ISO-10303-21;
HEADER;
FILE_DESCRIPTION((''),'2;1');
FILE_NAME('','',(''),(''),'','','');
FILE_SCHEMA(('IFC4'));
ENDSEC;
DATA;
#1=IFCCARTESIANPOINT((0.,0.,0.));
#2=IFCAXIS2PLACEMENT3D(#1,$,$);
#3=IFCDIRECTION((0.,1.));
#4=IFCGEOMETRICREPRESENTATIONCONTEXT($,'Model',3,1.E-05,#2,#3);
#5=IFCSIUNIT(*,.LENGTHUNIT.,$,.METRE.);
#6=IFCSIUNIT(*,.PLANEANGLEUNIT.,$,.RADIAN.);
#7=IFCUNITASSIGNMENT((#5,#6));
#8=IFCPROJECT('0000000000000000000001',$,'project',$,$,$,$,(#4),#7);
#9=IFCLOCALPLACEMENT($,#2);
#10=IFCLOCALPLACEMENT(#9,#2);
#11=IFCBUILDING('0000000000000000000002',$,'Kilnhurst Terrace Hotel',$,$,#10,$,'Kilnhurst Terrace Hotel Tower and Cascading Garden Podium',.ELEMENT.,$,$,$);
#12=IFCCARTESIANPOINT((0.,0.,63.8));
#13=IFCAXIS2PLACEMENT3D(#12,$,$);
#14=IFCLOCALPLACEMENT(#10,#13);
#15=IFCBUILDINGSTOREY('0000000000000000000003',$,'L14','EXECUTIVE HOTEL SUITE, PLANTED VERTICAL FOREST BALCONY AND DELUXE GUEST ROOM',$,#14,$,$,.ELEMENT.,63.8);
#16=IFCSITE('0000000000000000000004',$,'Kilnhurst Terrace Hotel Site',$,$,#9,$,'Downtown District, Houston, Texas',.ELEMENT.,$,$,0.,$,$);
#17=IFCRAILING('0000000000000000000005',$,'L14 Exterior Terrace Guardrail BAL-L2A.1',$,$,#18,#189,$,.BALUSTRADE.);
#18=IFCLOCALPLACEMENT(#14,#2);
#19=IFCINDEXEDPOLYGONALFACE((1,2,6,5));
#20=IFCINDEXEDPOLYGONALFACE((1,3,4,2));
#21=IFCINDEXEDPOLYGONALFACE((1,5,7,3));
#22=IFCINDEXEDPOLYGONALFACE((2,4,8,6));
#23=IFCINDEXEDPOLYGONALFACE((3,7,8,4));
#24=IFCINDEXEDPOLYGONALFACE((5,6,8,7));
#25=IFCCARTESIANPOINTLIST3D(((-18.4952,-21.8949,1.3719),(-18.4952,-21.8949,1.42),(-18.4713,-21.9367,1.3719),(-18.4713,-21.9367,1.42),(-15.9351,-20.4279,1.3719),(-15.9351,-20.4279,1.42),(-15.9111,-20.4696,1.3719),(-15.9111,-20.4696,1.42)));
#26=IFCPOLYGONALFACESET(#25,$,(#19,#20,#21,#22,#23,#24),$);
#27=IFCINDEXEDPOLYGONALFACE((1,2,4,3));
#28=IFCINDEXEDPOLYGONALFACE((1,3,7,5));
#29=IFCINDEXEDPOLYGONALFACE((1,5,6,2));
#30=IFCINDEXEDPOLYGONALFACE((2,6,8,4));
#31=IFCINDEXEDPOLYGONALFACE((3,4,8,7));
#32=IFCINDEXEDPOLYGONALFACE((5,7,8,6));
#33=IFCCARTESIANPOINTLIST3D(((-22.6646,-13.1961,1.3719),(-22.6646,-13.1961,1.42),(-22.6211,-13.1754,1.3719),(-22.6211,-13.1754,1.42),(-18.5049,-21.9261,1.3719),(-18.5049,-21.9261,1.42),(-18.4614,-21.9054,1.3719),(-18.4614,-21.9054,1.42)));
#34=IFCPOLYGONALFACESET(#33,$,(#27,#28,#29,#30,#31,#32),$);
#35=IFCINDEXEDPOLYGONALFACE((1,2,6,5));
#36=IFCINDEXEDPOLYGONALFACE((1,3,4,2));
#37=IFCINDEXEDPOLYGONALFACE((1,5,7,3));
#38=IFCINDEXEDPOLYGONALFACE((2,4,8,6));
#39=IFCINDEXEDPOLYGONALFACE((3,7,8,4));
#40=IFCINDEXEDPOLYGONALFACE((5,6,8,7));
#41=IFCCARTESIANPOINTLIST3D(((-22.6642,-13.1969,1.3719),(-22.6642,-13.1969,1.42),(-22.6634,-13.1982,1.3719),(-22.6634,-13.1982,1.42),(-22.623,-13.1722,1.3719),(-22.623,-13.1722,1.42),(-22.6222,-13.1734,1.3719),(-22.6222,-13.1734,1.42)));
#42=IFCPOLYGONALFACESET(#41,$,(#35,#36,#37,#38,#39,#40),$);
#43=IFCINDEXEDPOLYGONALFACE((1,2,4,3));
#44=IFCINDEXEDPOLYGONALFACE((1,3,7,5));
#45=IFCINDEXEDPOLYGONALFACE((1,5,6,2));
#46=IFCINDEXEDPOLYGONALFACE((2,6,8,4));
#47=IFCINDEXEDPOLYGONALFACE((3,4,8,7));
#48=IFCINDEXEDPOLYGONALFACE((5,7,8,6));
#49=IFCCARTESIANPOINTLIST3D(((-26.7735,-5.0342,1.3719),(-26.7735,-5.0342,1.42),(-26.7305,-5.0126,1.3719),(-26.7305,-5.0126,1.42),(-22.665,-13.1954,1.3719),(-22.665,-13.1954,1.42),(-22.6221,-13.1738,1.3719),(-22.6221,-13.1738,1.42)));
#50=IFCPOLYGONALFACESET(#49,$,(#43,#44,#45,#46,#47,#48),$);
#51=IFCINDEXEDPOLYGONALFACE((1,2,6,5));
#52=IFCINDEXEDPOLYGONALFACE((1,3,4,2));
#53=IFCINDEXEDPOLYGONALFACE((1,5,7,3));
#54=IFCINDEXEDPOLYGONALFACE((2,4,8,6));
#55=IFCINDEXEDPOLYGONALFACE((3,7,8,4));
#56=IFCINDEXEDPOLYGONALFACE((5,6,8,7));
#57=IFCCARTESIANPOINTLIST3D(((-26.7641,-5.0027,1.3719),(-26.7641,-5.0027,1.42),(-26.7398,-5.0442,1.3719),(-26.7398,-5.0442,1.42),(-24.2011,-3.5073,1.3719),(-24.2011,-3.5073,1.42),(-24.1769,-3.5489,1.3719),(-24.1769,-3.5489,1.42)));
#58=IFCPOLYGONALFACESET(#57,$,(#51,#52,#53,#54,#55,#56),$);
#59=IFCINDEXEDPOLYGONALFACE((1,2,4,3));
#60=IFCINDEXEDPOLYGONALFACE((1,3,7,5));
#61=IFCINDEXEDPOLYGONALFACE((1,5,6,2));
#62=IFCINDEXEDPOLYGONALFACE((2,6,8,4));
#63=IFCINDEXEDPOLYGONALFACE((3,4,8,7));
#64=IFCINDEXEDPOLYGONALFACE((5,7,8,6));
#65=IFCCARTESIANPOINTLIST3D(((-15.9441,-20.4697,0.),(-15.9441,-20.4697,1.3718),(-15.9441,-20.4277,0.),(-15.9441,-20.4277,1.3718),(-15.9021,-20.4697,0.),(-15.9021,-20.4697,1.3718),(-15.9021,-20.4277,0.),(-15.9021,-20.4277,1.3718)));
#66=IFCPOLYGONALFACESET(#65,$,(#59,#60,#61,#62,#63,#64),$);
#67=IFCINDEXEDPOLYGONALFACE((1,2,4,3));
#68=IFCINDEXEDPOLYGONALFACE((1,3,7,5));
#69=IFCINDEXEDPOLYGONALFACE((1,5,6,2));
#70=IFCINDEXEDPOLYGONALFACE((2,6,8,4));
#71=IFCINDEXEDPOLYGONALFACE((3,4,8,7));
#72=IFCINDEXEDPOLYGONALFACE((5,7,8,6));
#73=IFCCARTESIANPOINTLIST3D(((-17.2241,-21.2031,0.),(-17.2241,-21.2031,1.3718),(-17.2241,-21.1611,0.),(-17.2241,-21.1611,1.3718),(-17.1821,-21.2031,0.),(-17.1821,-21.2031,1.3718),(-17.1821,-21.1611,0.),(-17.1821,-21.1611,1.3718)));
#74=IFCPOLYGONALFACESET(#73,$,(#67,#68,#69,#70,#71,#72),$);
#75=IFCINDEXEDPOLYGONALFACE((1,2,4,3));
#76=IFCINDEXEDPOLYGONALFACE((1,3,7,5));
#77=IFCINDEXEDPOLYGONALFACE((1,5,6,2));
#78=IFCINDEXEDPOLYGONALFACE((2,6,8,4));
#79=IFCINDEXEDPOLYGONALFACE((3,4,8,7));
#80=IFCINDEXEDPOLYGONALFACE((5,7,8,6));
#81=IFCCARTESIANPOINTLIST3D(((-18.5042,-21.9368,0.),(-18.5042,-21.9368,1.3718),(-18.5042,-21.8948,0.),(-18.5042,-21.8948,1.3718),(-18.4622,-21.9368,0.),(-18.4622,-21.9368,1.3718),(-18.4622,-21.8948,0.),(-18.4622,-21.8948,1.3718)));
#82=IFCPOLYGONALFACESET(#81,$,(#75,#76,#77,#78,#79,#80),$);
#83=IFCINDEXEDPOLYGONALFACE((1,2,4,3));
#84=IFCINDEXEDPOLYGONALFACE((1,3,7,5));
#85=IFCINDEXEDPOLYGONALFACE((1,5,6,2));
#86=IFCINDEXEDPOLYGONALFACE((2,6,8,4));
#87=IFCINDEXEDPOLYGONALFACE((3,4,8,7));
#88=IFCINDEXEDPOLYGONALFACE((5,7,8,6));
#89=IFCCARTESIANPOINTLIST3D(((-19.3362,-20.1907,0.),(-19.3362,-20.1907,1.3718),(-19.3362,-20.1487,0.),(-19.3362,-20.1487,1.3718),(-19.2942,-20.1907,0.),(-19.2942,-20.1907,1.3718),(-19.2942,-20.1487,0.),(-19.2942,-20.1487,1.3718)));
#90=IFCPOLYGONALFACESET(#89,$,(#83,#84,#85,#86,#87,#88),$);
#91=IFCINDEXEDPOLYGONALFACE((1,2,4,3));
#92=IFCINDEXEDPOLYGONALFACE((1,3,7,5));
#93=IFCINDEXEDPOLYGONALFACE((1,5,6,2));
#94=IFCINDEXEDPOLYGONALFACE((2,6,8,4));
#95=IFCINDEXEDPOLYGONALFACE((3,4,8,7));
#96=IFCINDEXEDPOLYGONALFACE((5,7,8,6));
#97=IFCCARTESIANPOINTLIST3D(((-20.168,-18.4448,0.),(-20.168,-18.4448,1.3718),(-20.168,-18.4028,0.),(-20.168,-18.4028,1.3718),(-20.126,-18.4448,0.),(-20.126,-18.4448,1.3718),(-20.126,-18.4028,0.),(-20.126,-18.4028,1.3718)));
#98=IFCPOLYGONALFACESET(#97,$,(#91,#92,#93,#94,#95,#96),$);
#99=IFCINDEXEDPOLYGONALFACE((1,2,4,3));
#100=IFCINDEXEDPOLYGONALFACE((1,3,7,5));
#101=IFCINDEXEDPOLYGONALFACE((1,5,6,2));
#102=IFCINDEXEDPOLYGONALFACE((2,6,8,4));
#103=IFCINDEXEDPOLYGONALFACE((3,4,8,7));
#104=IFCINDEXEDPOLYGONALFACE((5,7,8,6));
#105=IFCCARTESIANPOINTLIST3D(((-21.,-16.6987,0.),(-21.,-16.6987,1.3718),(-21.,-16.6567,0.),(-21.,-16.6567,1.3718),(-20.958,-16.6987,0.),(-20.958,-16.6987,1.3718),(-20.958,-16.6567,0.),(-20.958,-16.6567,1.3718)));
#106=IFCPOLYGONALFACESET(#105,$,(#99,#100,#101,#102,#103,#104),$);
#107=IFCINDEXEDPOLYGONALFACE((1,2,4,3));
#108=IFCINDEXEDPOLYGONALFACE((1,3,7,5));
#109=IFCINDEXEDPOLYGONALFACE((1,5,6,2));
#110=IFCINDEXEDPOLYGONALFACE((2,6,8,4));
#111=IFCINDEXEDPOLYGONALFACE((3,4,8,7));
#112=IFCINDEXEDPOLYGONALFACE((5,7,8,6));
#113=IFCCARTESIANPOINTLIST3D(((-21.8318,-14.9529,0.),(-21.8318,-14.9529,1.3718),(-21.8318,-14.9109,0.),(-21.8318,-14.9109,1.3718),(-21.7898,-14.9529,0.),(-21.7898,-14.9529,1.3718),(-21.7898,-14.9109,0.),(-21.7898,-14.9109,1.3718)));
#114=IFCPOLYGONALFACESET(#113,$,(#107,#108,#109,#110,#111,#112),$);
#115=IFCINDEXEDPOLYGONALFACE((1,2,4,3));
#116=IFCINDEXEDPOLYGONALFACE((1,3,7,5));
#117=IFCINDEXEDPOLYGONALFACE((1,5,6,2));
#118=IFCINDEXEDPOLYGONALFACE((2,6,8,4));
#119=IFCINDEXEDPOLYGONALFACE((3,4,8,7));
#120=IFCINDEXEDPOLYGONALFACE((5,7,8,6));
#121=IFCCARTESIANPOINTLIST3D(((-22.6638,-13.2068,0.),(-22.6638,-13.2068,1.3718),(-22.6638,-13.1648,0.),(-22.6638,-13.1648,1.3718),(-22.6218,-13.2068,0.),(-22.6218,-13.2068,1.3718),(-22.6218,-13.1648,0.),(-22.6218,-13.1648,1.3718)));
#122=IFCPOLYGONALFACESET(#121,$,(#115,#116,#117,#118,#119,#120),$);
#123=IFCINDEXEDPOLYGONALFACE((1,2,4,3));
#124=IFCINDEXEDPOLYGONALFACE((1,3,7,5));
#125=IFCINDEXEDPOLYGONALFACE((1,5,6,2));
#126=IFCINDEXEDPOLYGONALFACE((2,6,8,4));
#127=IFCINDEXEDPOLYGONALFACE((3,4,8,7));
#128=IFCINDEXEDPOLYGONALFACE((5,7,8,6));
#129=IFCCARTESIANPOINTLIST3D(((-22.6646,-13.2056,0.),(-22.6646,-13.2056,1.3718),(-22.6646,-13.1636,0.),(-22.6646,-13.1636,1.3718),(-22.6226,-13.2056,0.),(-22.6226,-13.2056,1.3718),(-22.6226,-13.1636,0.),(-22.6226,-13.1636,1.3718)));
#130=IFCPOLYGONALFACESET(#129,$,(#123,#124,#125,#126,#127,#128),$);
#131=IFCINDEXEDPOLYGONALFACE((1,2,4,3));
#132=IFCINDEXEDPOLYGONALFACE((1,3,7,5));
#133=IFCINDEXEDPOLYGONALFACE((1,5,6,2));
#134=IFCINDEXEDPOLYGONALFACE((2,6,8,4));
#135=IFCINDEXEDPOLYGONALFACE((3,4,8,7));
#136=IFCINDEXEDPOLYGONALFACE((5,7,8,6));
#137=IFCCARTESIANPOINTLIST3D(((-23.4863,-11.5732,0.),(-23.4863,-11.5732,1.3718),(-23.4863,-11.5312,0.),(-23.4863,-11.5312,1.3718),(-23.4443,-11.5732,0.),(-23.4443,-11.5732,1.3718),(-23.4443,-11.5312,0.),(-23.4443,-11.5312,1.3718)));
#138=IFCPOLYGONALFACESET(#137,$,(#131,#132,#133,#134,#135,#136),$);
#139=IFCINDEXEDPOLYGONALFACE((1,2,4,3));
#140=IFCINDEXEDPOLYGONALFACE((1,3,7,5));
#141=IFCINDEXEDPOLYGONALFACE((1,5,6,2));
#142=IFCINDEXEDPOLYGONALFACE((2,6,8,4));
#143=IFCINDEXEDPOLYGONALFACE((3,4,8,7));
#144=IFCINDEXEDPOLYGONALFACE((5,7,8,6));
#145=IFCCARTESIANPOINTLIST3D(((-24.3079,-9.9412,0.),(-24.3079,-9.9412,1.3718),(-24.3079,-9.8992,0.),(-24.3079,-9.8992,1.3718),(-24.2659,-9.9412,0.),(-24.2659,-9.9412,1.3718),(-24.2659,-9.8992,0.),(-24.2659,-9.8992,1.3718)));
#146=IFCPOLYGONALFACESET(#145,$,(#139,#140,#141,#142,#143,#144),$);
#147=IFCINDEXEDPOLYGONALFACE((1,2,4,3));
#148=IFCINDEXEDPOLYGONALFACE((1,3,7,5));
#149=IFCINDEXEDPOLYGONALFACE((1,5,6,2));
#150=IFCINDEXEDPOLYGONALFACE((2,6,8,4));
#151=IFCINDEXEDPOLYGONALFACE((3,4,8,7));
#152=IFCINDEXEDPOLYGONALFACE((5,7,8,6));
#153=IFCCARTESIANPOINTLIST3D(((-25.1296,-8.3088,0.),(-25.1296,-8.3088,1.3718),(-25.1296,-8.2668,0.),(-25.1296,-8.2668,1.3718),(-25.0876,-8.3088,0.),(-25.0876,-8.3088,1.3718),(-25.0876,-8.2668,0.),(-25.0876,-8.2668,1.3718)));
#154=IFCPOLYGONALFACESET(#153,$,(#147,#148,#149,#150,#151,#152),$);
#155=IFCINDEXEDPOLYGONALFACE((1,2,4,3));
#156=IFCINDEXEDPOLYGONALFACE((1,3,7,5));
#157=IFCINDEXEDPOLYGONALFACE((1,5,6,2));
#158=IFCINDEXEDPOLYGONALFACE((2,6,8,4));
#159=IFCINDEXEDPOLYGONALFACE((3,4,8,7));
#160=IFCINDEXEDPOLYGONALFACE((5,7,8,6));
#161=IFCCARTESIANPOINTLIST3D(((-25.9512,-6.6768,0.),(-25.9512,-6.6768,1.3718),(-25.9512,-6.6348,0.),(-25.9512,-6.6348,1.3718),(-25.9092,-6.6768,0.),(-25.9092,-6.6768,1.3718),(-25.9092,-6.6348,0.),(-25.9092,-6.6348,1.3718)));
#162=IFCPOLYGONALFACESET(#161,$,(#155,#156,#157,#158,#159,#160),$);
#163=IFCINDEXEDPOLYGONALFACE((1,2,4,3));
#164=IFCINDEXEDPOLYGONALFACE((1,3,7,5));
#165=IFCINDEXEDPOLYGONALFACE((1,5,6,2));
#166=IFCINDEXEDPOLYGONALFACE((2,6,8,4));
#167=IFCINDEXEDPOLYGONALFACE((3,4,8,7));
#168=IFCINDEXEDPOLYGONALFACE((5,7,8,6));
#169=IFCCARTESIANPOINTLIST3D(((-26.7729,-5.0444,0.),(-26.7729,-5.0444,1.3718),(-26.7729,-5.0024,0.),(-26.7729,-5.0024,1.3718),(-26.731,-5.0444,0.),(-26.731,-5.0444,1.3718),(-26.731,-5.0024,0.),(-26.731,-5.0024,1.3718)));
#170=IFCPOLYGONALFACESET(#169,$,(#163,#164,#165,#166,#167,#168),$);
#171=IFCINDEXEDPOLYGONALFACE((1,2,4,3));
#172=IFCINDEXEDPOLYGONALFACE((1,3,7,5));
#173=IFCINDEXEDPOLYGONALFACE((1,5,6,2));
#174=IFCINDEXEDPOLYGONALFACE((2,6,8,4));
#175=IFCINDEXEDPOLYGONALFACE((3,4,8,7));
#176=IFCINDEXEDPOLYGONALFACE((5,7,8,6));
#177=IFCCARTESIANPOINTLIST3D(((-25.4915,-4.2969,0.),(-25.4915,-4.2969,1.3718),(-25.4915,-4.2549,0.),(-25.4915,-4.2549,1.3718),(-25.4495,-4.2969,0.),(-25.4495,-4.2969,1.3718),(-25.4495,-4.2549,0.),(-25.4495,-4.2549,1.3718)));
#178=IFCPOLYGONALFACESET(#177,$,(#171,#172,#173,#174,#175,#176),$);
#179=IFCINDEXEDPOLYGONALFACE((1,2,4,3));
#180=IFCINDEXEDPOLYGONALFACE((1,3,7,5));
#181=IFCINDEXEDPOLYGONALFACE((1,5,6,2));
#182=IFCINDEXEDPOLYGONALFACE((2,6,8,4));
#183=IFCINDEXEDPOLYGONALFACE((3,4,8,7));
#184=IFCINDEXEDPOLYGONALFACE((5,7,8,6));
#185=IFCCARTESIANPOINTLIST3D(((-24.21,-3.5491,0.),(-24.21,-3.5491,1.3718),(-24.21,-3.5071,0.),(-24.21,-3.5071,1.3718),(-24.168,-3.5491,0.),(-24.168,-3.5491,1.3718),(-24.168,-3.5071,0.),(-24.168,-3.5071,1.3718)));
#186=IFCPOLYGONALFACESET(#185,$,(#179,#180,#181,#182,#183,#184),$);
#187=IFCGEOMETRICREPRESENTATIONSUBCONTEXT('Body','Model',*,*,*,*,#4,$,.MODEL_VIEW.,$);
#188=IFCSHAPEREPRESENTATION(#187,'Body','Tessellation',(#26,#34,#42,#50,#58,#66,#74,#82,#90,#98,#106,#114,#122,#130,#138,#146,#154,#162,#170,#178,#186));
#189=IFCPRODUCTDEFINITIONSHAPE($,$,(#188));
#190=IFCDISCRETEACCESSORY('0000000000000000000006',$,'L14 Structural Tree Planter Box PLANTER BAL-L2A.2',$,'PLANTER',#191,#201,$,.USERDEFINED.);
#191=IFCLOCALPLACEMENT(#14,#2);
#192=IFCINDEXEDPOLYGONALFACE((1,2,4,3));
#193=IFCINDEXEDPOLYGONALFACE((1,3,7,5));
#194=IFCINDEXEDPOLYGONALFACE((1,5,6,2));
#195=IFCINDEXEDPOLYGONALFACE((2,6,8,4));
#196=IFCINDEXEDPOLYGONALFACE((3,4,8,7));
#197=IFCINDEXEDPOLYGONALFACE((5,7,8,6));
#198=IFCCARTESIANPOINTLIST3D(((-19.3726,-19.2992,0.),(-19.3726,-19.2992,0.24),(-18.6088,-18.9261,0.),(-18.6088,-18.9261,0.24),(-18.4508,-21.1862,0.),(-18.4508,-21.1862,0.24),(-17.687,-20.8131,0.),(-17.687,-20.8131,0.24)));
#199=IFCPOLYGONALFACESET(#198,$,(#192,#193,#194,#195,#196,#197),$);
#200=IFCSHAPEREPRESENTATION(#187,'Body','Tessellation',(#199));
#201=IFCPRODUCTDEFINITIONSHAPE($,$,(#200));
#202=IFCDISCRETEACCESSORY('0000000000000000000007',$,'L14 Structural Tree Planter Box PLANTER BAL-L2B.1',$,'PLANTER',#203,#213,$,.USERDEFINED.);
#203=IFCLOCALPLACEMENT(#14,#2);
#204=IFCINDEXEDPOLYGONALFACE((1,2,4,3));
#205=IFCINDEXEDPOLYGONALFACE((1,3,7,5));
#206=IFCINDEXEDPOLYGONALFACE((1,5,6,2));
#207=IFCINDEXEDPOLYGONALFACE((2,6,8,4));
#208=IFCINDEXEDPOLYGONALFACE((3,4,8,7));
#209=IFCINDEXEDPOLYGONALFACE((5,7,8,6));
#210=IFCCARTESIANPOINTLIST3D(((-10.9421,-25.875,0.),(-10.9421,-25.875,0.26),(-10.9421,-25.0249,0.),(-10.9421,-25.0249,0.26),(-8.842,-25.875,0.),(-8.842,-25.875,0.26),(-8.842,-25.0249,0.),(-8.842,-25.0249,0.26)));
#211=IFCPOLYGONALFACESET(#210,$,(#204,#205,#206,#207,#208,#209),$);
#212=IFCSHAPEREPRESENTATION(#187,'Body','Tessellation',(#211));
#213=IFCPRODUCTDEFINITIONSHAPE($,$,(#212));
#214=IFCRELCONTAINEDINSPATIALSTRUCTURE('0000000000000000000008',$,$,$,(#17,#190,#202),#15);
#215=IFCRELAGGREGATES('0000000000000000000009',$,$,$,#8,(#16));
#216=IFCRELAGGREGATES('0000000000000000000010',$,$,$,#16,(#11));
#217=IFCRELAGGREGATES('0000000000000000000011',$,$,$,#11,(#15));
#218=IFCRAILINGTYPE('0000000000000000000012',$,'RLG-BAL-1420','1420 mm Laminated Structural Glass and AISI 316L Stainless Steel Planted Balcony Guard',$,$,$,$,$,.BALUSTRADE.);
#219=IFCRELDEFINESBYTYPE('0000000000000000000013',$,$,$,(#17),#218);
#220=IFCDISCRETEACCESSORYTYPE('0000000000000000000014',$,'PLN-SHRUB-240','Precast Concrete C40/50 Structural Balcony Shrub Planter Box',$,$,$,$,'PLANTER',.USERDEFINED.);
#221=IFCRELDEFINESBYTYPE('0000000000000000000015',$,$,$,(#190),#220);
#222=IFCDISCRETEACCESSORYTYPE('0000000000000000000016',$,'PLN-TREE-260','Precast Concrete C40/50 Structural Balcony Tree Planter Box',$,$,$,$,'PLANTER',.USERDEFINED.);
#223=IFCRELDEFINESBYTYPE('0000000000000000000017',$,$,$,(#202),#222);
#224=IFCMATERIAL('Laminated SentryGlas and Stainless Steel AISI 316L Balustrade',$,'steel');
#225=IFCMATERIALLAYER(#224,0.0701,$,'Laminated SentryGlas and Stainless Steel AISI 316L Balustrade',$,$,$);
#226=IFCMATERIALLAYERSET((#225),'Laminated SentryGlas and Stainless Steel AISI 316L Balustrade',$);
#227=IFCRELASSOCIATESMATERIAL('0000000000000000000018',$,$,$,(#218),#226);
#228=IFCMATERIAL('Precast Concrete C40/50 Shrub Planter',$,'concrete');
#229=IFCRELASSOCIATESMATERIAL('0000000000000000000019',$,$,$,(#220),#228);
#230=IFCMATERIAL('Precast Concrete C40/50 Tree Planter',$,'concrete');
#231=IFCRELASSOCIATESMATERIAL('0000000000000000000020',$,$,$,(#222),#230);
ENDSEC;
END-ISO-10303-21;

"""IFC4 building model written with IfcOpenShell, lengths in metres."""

from ifc_helpers import new_model, si_unit, direction, frame, origin, origin_2d, place, context, subcontext, project, spatial, rectangle, extrude, material, layer, layer_set, type_object, element, save


model = new_model("IFC4")

# Units and contexts
model_context = context("Model", 3, precision=1e-05, world=origin(), true_north=direction((0.0, 1.0)))
body_context = subcontext(model_context, "Body", "Model", "MODEL_VIEW")
ifc_project = project(units=[si_unit("LENGTHUNIT", "METRE"), si_unit("PLANEANGLEUNIT", "RADIAN")], contexts=[model_context])

# Site, building, storey
site_placement = place(None, origin())
site = spatial("IfcSite", under=ifc_project, at=site_placement, Name="Kilnhurst Terrace Hotel Site", LongName="Downtown District, Houston, Texas", CompositionType="ELEMENT", RefElevation=0.0)
building_placement = place(site_placement, origin())
building = spatial("IfcBuilding", under=site, at=building_placement, Name="Kilnhurst Terrace Hotel", LongName="Kilnhurst Terrace Hotel Tower and Cascading Garden Podium", CompositionType="ELEMENT")
storey_placement = place(building_placement, frame((0.0, 0.0, 63.8)))
storey = spatial("IfcBuildingStorey", under=building, at=storey_placement, Name="L14", Description="EXECUTIVE HOTEL SUITE, PLANTED VERTICAL FOREST BALCONY AND DELUXE GUEST ROOM", CompositionType="ELEMENT", Elevation=63.8)

# Railing
ifc_material_1 = material(Name="Laminated SentryGlas and Stainless Steel AISI 316L Balustrade", Category="steel")
ifc_layer_1 = layer(ifc_material_1, 0.0701, Name="Laminated SentryGlas and Stainless Steel AISI 316L Balustrade")
ifc_layer_set_1 = layer_set([ifc_layer_1], Name="Laminated SentryGlas and Stainless Steel AISI 316L Balustrade")
railing_type = type_object("IfcRailingType", Name="RLG-BAL-1420", Description="1420 mm Laminated Structural Glass and AISI 316L Stainless Steel Planted Balcony Guard", PredefinedType="BALUSTRADE", material=ifc_layer_set_1)
railing_placement = place(storey_placement, frame((-15.9231, -20.4487, 0.0)))
element("IfcRailing", 1, at=railing_placement, inside=storey, type_object=railing_type, Name="L14 Exterior Terrace Guardrail BAL-L2A.1", PredefinedType="BALUSTRADE", context=body_context, shape_type="SweptSolid", body=[
    extrude(rectangle(XDim=0.0481, YDim=0.0481, at=origin_2d()), frame((0.0, 0.0, 1.396), z_axis=(-0.867637, -0.497199, 0.0), x_axis=(0.497199, -0.867637, 0.0)), (0.0, 0.0, 1.0), 2.9507),
    extrude(rectangle(XDim=0.0481, YDim=0.0481, at=origin_2d()), frame((-2.5601, -1.467, 1.396), z_axis=(-0.430147, 0.902759, 0.0), x_axis=(-0.902759, -0.430147, 0.0)), (0.0, 0.0, 1.0), 9.6704),
    extrude(rectangle(XDim=0.0481, YDim=0.0481, at=origin_2d()), frame((-6.7197, 7.2629, 1.396), z_axis=(-0.514496, 0.857493, 0.0), x_axis=(-0.857493, -0.514496, 0.0)), (0.0, 0.0, 1.0), 0.0015),
    extrude(rectangle(XDim=0.0481, YDim=0.0481, at=origin_2d()), frame((-6.7205, 7.2642, 1.396), z_axis=(-0.449649, 0.893205, 0.0), x_axis=(-0.893205, -0.449649, 0.0)), (0.0, 0.0, 1.0), 9.137),
    extrude(rectangle(XDim=0.0481, YDim=0.0481, at=origin_2d()), frame((-10.8289, 15.4253, 1.396), z_axis=(0.863737, 0.503943, 0.0), x_axis=(-0.503943, 0.863737, 0.0)), (0.0, 0.0, 1.0), 2.9673),
    extrude(rectangle(XDim=0.042, YDim=0.042, at=origin_2d()), origin(), (0.0, 0.0, 1.0), 1.3718),
    extrude(rectangle(XDim=0.042, YDim=0.042, at=origin_2d()), frame((-1.28, -0.7334, 0.0)), (0.0, 0.0, 1.0), 1.3718),
    extrude(rectangle(XDim=0.042, YDim=0.042, at=origin_2d()), frame((-2.5601, -1.467, 0.0)), (0.0, 0.0, 1.0), 1.3718),
    extrude(rectangle(XDim=0.042, YDim=0.042, at=origin_2d()), frame((-3.3921, 0.2791, 0.0)), (0.0, 0.0, 1.0), 1.3718),
    extrude(rectangle(XDim=0.042, YDim=0.042, at=origin_2d()), frame((-4.2239, 2.0249, 0.0)), (0.0, 0.0, 1.0), 1.3718),
    extrude(rectangle(XDim=0.042, YDim=0.042, at=origin_2d()), frame((-5.0559, 3.771, 0.0)), (0.0, 0.0, 1.0), 1.3718),
    extrude(rectangle(XDim=0.042, YDim=0.042, at=origin_2d()), frame((-5.8877, 5.5168, 0.0)), (0.0, 0.0, 1.0), 1.3718),
    extrude(rectangle(XDim=0.042, YDim=0.042, at=origin_2d()), frame((-6.7197, 7.2629, 0.0)), (0.0, 0.0, 1.0), 1.3718),
    extrude(rectangle(XDim=0.042, YDim=0.042, at=origin_2d()), frame((-6.7205, 7.2642, 0.0)), (0.0, 0.0, 1.0), 1.3718),
    extrude(rectangle(XDim=0.042, YDim=0.042, at=origin_2d()), frame((-7.5422, 8.8965, 0.0)), (0.0, 0.0, 1.0), 1.3718),
    extrude(rectangle(XDim=0.042, YDim=0.042, at=origin_2d()), frame((-8.3638, 10.5286, 0.0)), (0.0, 0.0, 1.0), 1.3718),
    extrude(rectangle(XDim=0.042, YDim=0.042, at=origin_2d()), frame((-9.1855, 12.1609, 0.0)), (0.0, 0.0, 1.0), 1.3718),
    extrude(rectangle(XDim=0.042, YDim=0.042, at=origin_2d()), frame((-10.0071, 13.793, 0.0)), (0.0, 0.0, 1.0), 1.3718),
    extrude(rectangle(XDim=0.042, YDim=0.042, at=origin_2d()), frame((-10.8289, 15.4253, 0.0)), (0.0, 0.0, 1.0), 1.3718),
    extrude(rectangle(XDim=0.042, YDim=0.042, at=origin_2d()), frame((-9.5474, 16.1729, 0.0)), (0.0, 0.0, 1.0), 1.3718),
    extrude(rectangle(XDim=0.042, YDim=0.042, at=origin_2d()), frame((-8.2659, 16.9207, 0.0)), (0.0, 0.0, 1.0), 1.3718),
])

# Discrete accessories
ifc_material_2 = material(Name="Precast Concrete C40/50 Shrub Planter", Category="concrete")
discrete_accessory_type_1 = type_object("IfcDiscreteAccessoryType", Name="PLN-SHRUB-240", Description="Precast Concrete C40/50 Structural Balcony Shrub Planter Box", ElementType="PLANTER", PredefinedType="USERDEFINED", material=ifc_material_2)
discrete_accessory_1_placement = place(storey_placement, frame((-18.5298, -20.0562, 0.0), z_axis=(0.0, 0.0, 1.0), x_axis=(0.438936, -0.898518, 0.0)))
element("IfcDiscreteAccessory", 2, at=discrete_accessory_1_placement, inside=storey, type_object=discrete_accessory_type_1, Name="L14 Structural Tree Planter Box PLANTER BAL-L2A.2", ObjectType="PLANTER", PredefinedType="USERDEFINED", context=body_context, shape_type="SweptSolid", body=[
    extrude(rectangle(XDim=2.1001, YDim=0.8501, at=origin_2d()), origin(), (0.0, 0.0, 1.0), 0.24),
])
ifc_material_3 = material(Name="Precast Concrete C40/50 Tree Planter", Category="concrete")
discrete_accessory_type_2 = type_object("IfcDiscreteAccessoryType", Name="PLN-TREE-260", Description="Precast Concrete C40/50 Structural Balcony Tree Planter Box", ElementType="PLANTER", PredefinedType="USERDEFINED", material=ifc_material_3)
discrete_accessory_2_placement = place(storey_placement, frame((-9.8921, -25.45, 0.0), z_axis=(0.0, 0.0, 1.0), x_axis=(1.0, 0.0, 0.0)))
element("IfcDiscreteAccessory", 3, at=discrete_accessory_2_placement, inside=storey, type_object=discrete_accessory_type_2, Name="L14 Structural Tree Planter Box PLANTER BAL-L2B.1", ObjectType="PLANTER", PredefinedType="USERDEFINED", context=body_context, shape_type="SweptSolid", body=[
    extrude(rectangle(XDim=2.1001, YDim=0.8501, at=origin_2d()), origin(), (0.0, 0.0, 1.0), 0.26),
])

save(model, "model.ifc")
